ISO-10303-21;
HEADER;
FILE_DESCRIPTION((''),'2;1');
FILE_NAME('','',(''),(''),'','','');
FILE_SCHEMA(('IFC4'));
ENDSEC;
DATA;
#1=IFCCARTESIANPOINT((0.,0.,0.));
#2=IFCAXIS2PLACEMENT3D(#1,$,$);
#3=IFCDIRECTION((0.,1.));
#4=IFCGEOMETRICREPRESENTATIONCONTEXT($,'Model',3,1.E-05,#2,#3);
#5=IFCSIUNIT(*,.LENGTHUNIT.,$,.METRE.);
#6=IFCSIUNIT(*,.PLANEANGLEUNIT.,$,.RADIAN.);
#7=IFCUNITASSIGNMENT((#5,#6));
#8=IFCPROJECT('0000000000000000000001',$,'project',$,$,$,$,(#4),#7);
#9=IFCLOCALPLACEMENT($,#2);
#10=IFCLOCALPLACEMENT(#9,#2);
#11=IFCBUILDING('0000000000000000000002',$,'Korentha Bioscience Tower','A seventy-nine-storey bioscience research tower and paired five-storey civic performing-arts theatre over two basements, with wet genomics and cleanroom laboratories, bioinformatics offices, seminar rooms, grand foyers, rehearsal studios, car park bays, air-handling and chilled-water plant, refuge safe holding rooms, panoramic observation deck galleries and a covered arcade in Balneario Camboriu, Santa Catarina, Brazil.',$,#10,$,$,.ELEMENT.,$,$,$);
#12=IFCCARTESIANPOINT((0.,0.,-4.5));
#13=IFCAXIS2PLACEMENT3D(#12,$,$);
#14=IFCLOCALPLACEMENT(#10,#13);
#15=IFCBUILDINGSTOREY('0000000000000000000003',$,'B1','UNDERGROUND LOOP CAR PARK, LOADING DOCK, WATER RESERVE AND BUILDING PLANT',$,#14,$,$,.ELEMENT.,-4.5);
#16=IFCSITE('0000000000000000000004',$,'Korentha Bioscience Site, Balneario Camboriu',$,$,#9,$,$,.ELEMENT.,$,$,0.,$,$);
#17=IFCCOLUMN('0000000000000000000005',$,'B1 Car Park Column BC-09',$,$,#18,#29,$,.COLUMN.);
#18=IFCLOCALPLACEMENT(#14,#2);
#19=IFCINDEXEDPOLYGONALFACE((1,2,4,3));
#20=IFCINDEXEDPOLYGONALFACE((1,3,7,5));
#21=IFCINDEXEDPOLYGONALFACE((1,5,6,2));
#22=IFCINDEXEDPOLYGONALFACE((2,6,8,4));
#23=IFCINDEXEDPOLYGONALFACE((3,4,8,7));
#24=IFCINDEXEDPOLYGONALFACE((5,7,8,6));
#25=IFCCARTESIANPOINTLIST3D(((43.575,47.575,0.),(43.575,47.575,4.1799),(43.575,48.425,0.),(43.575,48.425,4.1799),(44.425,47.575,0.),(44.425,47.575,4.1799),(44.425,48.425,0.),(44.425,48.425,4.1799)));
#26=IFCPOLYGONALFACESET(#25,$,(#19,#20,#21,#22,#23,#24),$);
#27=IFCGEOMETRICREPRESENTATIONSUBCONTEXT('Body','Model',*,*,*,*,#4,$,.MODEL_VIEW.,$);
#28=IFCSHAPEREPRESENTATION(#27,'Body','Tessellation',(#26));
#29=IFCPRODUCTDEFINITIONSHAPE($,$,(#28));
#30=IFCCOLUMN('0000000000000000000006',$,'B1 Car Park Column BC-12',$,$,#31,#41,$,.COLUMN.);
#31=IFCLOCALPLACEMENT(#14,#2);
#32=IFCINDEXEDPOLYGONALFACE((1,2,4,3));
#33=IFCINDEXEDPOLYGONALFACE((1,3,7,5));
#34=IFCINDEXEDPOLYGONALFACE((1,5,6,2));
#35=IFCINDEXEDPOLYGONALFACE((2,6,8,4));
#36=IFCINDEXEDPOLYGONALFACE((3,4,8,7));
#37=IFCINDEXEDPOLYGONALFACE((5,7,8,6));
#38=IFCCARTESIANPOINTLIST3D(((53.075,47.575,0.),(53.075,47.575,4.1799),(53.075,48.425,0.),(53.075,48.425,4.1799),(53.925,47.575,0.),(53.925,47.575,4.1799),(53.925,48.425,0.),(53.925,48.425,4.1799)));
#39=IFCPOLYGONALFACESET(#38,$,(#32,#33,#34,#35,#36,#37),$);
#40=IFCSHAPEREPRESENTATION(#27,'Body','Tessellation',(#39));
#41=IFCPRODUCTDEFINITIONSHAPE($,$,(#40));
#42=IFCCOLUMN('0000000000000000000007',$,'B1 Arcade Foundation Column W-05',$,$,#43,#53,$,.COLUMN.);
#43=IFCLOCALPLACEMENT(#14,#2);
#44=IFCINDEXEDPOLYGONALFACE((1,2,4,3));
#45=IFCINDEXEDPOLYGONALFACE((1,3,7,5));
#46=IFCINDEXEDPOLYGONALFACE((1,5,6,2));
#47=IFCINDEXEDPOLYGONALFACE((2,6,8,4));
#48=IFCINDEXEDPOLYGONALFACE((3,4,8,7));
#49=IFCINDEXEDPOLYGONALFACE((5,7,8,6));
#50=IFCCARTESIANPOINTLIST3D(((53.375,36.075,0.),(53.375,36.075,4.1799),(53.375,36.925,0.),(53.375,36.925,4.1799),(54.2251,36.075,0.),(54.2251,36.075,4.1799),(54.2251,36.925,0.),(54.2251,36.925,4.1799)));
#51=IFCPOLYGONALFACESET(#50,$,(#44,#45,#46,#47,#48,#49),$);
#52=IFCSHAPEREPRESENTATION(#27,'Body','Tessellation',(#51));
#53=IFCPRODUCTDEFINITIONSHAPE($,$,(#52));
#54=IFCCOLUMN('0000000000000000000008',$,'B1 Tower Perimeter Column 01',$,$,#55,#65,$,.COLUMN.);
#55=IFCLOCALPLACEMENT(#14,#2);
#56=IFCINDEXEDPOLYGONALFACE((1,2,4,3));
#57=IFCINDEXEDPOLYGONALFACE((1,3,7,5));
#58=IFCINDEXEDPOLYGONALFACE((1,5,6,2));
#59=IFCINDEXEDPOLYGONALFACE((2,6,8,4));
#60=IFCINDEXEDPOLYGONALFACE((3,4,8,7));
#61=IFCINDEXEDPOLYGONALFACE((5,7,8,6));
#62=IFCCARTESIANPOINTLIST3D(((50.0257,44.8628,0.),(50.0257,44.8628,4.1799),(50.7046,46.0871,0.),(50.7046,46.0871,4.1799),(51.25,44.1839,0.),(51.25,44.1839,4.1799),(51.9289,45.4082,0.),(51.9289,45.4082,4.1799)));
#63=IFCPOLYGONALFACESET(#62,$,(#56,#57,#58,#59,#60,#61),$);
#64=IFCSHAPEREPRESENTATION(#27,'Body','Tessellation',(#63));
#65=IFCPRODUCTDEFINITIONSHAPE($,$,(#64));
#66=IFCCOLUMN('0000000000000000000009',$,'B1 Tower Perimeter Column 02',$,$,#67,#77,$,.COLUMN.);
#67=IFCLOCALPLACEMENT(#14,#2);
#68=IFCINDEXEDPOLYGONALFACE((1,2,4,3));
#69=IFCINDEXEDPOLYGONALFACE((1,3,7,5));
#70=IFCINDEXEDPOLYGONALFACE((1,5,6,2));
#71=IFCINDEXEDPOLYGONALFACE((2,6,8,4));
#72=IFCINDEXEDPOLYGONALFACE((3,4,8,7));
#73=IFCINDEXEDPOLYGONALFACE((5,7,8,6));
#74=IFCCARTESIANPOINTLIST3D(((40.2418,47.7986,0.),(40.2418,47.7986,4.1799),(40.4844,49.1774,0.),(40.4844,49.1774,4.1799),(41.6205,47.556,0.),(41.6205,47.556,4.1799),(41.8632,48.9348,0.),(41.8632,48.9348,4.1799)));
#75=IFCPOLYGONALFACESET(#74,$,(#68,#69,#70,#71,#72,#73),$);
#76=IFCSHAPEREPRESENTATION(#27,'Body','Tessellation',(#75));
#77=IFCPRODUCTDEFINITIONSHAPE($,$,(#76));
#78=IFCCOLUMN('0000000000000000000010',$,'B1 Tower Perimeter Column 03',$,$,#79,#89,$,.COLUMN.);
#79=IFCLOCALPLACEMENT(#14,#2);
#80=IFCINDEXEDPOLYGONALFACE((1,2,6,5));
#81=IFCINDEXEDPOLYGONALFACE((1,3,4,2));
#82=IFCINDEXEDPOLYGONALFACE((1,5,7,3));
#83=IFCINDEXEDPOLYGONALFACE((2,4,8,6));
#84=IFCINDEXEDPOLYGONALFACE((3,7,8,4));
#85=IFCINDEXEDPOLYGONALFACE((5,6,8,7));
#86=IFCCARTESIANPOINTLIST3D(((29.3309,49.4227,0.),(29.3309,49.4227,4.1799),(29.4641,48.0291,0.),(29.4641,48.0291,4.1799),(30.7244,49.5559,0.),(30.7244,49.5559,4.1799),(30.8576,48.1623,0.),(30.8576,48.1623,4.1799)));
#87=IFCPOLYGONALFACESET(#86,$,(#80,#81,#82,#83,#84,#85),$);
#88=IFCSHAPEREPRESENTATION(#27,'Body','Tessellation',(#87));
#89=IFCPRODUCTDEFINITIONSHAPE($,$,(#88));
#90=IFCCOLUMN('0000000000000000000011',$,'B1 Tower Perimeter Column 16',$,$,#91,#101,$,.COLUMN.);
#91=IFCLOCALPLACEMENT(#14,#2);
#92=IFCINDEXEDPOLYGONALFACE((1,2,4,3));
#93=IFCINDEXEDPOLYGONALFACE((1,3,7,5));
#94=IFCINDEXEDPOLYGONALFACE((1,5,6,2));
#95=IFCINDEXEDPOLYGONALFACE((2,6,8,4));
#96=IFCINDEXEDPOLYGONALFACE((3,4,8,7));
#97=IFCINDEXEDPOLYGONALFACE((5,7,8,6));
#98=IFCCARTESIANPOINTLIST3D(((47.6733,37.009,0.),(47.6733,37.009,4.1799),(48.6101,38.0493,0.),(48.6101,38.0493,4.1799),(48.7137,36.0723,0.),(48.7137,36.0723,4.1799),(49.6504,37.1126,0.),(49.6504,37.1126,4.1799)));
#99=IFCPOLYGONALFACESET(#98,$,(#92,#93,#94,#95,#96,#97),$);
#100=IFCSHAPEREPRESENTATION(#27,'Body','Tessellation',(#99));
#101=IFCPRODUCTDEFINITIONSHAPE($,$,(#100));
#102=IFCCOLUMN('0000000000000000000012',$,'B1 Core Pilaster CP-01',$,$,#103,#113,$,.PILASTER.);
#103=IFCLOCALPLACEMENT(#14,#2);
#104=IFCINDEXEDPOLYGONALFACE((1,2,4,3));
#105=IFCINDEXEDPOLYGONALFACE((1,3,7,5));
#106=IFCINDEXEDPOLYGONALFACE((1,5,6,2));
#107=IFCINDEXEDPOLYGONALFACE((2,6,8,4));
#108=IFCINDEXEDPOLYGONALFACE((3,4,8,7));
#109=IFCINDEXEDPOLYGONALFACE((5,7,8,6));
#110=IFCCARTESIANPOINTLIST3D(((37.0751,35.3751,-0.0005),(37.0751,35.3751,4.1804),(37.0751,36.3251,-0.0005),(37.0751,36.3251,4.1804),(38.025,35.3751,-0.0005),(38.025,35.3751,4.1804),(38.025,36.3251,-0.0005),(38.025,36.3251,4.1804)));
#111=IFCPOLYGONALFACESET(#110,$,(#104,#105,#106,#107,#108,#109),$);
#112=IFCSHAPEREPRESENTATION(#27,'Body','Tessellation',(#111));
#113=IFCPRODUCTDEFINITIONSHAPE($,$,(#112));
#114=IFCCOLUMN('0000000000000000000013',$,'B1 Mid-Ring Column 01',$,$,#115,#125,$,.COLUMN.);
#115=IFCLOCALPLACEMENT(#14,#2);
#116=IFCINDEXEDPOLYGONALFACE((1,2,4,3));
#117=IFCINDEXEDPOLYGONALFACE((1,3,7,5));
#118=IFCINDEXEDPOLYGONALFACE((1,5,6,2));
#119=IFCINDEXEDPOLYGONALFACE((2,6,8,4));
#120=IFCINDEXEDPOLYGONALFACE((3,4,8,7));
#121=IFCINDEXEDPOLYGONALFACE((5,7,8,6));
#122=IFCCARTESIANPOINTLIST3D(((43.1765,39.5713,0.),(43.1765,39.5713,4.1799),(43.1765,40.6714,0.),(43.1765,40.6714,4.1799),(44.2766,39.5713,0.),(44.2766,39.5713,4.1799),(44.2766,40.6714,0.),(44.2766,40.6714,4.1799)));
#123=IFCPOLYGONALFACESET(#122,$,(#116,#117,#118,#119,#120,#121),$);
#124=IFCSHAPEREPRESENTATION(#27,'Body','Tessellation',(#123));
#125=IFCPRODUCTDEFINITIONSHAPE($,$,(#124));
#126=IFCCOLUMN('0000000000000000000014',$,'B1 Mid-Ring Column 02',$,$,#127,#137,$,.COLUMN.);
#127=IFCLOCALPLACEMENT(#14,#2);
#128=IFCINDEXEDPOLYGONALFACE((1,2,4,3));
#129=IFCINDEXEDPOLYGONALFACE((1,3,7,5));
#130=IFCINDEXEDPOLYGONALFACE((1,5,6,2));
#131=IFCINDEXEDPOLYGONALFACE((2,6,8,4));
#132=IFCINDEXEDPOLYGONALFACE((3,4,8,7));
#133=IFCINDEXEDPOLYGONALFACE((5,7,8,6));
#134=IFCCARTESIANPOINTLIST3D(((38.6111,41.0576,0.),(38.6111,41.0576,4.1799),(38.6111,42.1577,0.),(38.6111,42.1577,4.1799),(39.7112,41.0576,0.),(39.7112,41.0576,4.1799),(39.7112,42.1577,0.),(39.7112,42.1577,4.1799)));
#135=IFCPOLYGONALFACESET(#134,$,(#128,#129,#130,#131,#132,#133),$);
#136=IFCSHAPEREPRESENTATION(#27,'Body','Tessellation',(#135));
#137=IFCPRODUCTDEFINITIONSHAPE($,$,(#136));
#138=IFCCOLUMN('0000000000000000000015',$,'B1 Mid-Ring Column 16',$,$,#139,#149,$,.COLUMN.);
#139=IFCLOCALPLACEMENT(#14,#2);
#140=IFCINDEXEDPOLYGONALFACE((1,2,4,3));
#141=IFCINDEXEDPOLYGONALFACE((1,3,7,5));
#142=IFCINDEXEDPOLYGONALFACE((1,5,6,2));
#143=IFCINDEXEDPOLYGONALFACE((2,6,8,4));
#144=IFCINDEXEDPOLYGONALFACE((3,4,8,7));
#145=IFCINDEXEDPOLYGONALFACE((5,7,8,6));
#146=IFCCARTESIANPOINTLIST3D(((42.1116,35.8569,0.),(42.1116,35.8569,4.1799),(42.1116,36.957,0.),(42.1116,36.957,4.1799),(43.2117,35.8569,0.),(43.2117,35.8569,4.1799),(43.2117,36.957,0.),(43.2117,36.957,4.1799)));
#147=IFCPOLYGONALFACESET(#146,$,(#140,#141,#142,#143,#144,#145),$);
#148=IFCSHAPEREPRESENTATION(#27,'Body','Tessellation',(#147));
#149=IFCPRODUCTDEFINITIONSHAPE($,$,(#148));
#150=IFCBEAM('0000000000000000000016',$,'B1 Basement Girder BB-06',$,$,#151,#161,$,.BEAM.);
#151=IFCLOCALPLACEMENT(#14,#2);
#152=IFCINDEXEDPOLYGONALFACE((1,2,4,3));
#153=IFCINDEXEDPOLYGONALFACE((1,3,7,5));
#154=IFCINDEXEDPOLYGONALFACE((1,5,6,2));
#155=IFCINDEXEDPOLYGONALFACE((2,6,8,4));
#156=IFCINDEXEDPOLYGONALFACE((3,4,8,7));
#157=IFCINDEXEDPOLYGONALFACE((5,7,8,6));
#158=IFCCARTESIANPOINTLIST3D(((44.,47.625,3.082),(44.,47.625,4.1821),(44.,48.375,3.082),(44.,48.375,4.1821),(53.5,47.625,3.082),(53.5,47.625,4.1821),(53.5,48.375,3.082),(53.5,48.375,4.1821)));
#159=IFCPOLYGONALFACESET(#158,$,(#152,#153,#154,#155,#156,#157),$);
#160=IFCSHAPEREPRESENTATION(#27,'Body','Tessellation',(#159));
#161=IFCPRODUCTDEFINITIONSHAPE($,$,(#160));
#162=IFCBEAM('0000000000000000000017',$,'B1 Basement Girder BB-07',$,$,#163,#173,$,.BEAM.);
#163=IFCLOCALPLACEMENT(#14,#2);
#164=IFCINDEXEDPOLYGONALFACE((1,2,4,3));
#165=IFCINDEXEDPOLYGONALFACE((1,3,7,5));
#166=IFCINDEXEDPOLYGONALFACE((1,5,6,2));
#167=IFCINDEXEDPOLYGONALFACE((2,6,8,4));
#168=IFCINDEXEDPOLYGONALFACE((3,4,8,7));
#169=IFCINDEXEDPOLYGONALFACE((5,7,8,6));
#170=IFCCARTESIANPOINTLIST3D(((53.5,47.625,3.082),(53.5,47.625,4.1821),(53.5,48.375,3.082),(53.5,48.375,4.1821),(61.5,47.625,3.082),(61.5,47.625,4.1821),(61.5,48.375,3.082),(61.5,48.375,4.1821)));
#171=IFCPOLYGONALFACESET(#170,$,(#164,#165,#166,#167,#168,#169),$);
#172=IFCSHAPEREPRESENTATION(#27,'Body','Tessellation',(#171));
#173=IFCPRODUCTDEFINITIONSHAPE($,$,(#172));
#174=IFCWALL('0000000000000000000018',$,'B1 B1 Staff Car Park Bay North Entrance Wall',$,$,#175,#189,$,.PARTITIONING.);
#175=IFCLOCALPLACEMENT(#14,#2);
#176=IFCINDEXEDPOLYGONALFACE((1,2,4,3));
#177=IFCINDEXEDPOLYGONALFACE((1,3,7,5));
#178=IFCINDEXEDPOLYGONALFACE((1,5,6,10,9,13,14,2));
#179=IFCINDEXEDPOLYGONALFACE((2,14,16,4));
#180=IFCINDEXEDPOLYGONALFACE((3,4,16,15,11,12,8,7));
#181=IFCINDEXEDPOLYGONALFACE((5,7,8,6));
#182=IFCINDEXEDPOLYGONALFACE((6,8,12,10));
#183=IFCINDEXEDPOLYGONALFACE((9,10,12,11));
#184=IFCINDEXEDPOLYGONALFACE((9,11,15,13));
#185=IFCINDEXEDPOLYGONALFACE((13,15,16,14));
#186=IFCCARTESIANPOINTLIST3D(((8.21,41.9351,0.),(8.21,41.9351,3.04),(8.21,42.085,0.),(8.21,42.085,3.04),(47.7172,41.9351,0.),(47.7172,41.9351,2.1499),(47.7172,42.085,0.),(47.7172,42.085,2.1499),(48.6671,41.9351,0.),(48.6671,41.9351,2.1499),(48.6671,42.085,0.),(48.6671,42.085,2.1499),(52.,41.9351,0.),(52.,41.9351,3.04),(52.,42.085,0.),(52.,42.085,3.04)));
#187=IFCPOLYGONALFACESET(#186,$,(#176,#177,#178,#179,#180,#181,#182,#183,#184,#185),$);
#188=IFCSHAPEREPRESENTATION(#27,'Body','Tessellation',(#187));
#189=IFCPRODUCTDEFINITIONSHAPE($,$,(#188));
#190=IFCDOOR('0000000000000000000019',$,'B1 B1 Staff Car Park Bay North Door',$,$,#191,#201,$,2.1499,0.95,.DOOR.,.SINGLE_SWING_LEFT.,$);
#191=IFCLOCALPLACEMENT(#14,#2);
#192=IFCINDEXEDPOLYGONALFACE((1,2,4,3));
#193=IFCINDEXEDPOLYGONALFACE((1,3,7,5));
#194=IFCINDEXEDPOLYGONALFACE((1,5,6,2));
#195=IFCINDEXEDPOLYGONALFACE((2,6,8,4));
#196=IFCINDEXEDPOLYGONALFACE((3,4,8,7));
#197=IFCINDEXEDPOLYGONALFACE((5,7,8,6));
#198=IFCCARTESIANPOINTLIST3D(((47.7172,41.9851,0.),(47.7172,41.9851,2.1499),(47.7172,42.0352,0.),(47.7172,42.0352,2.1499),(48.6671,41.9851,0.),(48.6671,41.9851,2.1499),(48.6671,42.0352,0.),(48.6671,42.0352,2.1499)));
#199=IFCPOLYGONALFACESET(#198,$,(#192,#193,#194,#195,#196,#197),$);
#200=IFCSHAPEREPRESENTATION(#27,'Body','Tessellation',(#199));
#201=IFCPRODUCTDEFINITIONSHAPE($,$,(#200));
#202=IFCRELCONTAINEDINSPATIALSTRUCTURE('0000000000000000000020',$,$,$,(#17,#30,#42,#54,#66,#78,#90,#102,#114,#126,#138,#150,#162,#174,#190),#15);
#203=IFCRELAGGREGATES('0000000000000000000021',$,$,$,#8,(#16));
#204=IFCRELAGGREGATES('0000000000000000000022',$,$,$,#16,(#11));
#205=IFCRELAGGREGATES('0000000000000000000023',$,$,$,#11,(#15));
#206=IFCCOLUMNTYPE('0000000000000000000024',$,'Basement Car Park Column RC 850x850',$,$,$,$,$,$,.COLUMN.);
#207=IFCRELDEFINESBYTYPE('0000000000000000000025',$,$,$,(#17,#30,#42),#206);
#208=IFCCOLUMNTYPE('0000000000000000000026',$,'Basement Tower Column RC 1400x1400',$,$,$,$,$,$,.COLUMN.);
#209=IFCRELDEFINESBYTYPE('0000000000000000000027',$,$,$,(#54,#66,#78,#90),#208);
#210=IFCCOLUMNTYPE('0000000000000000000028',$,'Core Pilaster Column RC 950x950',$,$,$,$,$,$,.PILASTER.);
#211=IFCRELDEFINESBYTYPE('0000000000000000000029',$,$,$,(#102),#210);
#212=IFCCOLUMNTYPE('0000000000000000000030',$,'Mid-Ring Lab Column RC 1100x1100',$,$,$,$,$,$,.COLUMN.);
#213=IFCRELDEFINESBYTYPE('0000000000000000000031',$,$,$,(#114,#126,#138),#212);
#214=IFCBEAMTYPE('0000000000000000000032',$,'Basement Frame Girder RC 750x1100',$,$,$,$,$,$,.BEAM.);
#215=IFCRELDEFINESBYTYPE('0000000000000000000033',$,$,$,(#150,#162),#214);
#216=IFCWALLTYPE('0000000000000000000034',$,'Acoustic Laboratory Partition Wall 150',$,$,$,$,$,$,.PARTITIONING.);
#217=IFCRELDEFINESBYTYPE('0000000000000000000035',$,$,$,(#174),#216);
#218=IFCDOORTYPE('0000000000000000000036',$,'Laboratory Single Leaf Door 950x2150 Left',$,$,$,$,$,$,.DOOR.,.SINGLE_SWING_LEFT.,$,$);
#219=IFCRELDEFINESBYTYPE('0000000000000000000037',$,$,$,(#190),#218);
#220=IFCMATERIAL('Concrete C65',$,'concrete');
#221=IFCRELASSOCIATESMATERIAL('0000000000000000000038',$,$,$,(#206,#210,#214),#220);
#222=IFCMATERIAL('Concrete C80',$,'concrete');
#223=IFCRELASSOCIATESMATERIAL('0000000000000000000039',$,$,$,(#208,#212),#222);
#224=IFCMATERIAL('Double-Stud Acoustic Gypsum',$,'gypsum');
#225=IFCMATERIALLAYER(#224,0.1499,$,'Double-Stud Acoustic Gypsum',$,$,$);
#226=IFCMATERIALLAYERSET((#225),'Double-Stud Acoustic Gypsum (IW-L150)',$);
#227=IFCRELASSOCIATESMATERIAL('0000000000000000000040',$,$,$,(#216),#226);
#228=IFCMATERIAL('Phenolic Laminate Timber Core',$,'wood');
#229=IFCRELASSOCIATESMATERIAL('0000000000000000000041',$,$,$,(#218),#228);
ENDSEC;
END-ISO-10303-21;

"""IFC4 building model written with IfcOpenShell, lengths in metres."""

from ifc_helpers import new_model, si_unit, direction, frame, frame_2d, origin, origin_2d, place, context, subcontext, project, spatial, rectangle, extrude, material, layer, layer_set, material_profile, profile_set, type_object, element, fill, save


model = new_model("IFC4")

# Units and contexts
model_context = context("Model", 3, precision=1e-05, world=origin(), true_north=direction((0.0, 1.0)))
body_context = subcontext(model_context, "Body", "Model", "MODEL_VIEW")
ifc_project = project(units=[si_unit("LENGTHUNIT", "METRE"), si_unit("PLANEANGLEUNIT", "RADIAN")], contexts=[model_context])

# Site, building, storey
site_placement = place(None, origin())
site = spatial("IfcSite", under=ifc_project, at=site_placement, Name="Korentha Bioscience Site, Balneario Camboriu", CompositionType="ELEMENT", RefElevation=0.0)
building_placement = place(site_placement, origin())
building = spatial("IfcBuilding", under=site, at=building_placement, Name="Korentha Bioscience Tower", Description="A seventy-nine-storey bioscience research tower and paired five-storey civic performing-arts theatre over two basements, with wet genomics and cleanroom laboratories, bioinformatics offices, seminar rooms, grand foyers, rehearsal studios, car park bays, air-handling and chilled-water plant, refuge safe holding rooms, panoramic observation deck galleries and a covered arcade in Balneario Camboriu, Santa Catarina, Brazil.", CompositionType="ELEMENT")
storey_placement = place(building_placement, frame((0.0, 0.0, -4.5)))
storey = spatial("IfcBuildingStorey", under=building, at=storey_placement, Name="B1", Description="UNDERGROUND LOOP CAR PARK, LOADING DOCK, WATER RESERVE AND BUILDING PLANT", CompositionType="ELEMENT", Elevation=-4.5)

# Columns
ifc_material_1 = material(Name="Concrete C65", Category="concrete")
ifc_material_profile_1 = material_profile(ifc_material_1, rectangle(XDim=0.8501, YDim=0.8501, at=origin_2d()), Name="Concrete C65")
ifc_profile_set_1 = profile_set([ifc_material_profile_1], Name="Concrete C65 (BC-01)")
column_type_1 = type_object("IfcColumnType", Name="Basement Car Park Column RC 850x850", PredefinedType="COLUMN", material=ifc_profile_set_1)
for number, where, z_axis, x_axis, name in (
    (1, (44.0, 48.0, 0.0), (0.0, 0.0, 1.0), (1.0, 0.0, 0.0), "B1 Car Park Column BC-09"),
    (2, (53.5, 48.0, 0.0), (0.0, 0.0, 1.0), (1.0, 0.0, 0.0), "B1 Car Park Column BC-12"),
    (3, (53.8, 36.5, 0.0), (0.0, 0.0, 1.0), (1.0, 0.0, 0.0), "B1 Arcade Foundation Column W-05"),
):
    element("IfcColumn", number, at=place(storey_placement, frame(where, z_axis=z_axis, x_axis=x_axis)), inside=storey, type_object=column_type_1, Name=name, PredefinedType="COLUMN", context=body_context, shape_type="SweptSolid", body=[
        extrude(rectangle(XDim=0.8501, YDim=0.8501, at=origin_2d()), origin(), (0.0, 0.0, 1.0), 4.1799),
    ])
ifc_material_2 = material(Name="Concrete C80", Category="concrete")
ifc_material_profile_2 = material_profile(ifc_material_2, rectangle(XDim=1.3999, YDim=1.3999, at=origin_2d()), Name="Concrete C80")
ifc_profile_set_2 = profile_set([ifc_material_profile_2], Name="Concrete C80 (COL-B14)")
column_type_2 = type_object("IfcColumnType", Name="Basement Tower Column RC 1400x1400", PredefinedType="COLUMN", material=ifc_profile_set_2)
for number, where, z_axis, x_axis, name in (
    (4, (50.9773, 45.1355, 0.0), (0.0, 0.0, 1.0), (-0.874535, 0.484962, 0.0), "B1 Tower Perimeter Column 01"),
    (5, (41.0525, 48.3667, 0.0), (0.0, 0.0, 1.0), (-0.984868, 0.173304, 0.0), "B1 Tower Perimeter Column 02"),
    (6, (30.0942, 48.7925, 0.0), (0.0, 0.0, 1.0), (0.995463, 0.095151, 0.0), "B1 Tower Perimeter Column 03"),
    (7, (48.6619, 37.0608, 0.0), (0.0, 0.0, 1.0), (0.669131, 0.743145, 0.0), "B1 Tower Perimeter Column 16"),
):
    element("IfcColumn", number, at=place(storey_placement, frame(where, z_axis=z_axis, x_axis=x_axis)), inside=storey, type_object=column_type_2, Name=name, PredefinedType="COLUMN", context=body_context, shape_type="SweptSolid", body=[
        extrude(rectangle(XDim=1.3999, YDim=1.3999, at=origin_2d()), origin(), (0.0, 0.0, 1.0), 4.1799),
    ])
ifc_material_profile_3 = material_profile(ifc_material_1, rectangle(XDim=0.95, YDim=0.95, at=origin_2d()), Name="Concrete C65")
ifc_profile_set_3 = profile_set([ifc_material_profile_3], Name="Concrete C65 (COL-CP09)")
column_type_3 = type_object("IfcColumnType", Name="Core Pilaster Column RC 950x950", PredefinedType="PILASTER", material=ifc_profile_set_3)
column_placement = place(storey_placement, frame((37.55, 35.8501, -0.0005), z_axis=(0.0, 0.0, 1.0), x_axis=(1.0, 0.0, 0.0)))
element("IfcColumn", 8, at=column_placement, inside=storey, type_object=column_type_3, Name="B1 Core Pilaster CP-01", PredefinedType="PILASTER", context=body_context, shape_type="SweptSolid", body=[
    extrude(rectangle(XDim=0.95, YDim=0.95, at=origin_2d()), origin(), (0.0, 0.0, 1.0), 4.1809),
])
ifc_material_profile_4 = material_profile(ifc_material_2, rectangle(XDim=1.1001, YDim=1.1001, at=origin_2d()), Name="Concrete C80")
ifc_profile_set_4 = profile_set([ifc_material_profile_4], Name="Concrete C80 (COL-MR11)")
column_type_4 = type_object("IfcColumnType", Name="Mid-Ring Lab Column RC 1100x1100", PredefinedType="COLUMN", material=ifc_profile_set_4)
for number, where, z_axis, x_axis, name in (
    (9, (43.7266, 40.1213, 0.0), (0.0, 0.0, 1.0), (1.0, 0.0, 0.0), "B1 Mid-Ring Column 01"),
    (10, (39.1611, 41.6077, 0.0), (0.0, 0.0, 1.0), (1.0, 0.0, 0.0), "B1 Mid-Ring Column 02"),
    (11, (42.6616, 36.407, 0.0), (0.0, 0.0, 1.0), (1.0, 0.0, 0.0), "B1 Mid-Ring Column 16"),
):
    element("IfcColumn", number, at=place(storey_placement, frame(where, z_axis=z_axis, x_axis=x_axis)), inside=storey, type_object=column_type_4, Name=name, PredefinedType="COLUMN", context=body_context, shape_type="SweptSolid", body=[
        extrude(rectangle(XDim=1.1001, YDim=1.1001, at=origin_2d()), origin(), (0.0, 0.0, 1.0), 4.1799),
    ])

# Beams
ifc_material_profile_5 = material_profile(ifc_material_1, rectangle(XDim=0.75, YDim=1.1001, at=origin_2d()), Name="Concrete C65")
ifc_profile_set_5 = profile_set([ifc_material_profile_5], Name="Concrete C65 (BB-750)")
beam_type = type_object("IfcBeamType", Name="Basement Frame Girder RC 750x1100", PredefinedType="BEAM", material=ifc_profile_set_5)
beam_1_placement = place(storey_placement, frame((44.0, 48.0, 3.6321), z_axis=(1.0, 0.0, 0.0), x_axis=(0.0, 1.0, 0.0)))
element("IfcBeam", 12, at=beam_1_placement, inside=storey, type_object=beam_type, Name="B1 Basement Girder BB-06", PredefinedType="BEAM", context=body_context, shape_type="SweptSolid", body=[
    extrude(rectangle(XDim=0.75, YDim=1.1001, at=origin_2d()), origin(), (0.0, 0.0, 1.0), 9.5),
])
beam_2_placement = place(storey_placement, frame((53.5, 48.0, 3.6321), z_axis=(1.0, 0.0, 0.0), x_axis=(0.0, 1.0, 0.0)))
element("IfcBeam", 13, at=beam_2_placement, inside=storey, type_object=beam_type, Name="B1 Basement Girder BB-07", PredefinedType="BEAM", context=body_context, shape_type="SweptSolid", body=[
    extrude(rectangle(XDim=0.75, YDim=1.1001, at=origin_2d()), origin(), (0.0, 0.0, 1.0), 8.0),
])

# Wall, opening, door
ifc_material_3 = material(Name="Double-Stud Acoustic Gypsum", Category="gypsum")
ifc_layer_1 = layer(ifc_material_3, 0.1499, Name="Double-Stud Acoustic Gypsum")
ifc_layer_set_1 = layer_set([ifc_layer_1], Name="Double-Stud Acoustic Gypsum (IW-L150)")
wall_type_1 = type_object("IfcWallType", Name="Acoustic Laboratory Partition Wall 150", PredefinedType="PARTITIONING", material=ifc_layer_set_1)
wall_1_placement = place(storey_placement, frame((52.0, 42.01, 0.0), z_axis=(0.0, 0.0, 1.0), x_axis=(-1.0, 0.0, 0.0)))
wall_1 = element("IfcWall", 14, at=wall_1_placement, inside=storey, type_object=wall_type_1, Name="B1 B1 Staff Car Park Bay North Entrance Wall", PredefinedType="PARTITIONING", context=body_context, shape_type="SweptSolid", body=[
    extrude(rectangle(XDim=43.79, YDim=0.1499, at=frame_2d((21.895, 0.0))), origin(), (0.0, 0.0, 1.0), 3.04),
])
opening_1_placement = place(wall_1_placement, frame((3.3328, 0.0, 0.0)))
opening_1 = element("IfcOpeningElement", 15, at=opening_1_placement, cuts=wall_1, PredefinedType="OPENING", context=body_context, shape_type="SweptSolid", body=[
    extrude(rectangle(XDim=0.95, YDim=2.1499, at=frame_2d((0.4751, 1.075))), frame((0.0, 0.0898, 0.0), z_axis=(0.0, -1.0, 0.0), x_axis=(1.0, 0.0, 0.0)), (0.0, 0.0, 1.0), 0.1797),
])
ifc_material_4 = material(Name="Phenolic Laminate Timber Core", Category="wood")
door_type_1 = type_object("IfcDoorType", Name="Laboratory Single Leaf Door 950x2150 Left", OperationType="SINGLE_SWING_LEFT", PredefinedType="DOOR", material=ifc_material_4)
door_1_placement = place(opening_1_placement, origin())
door_1 = element("IfcDoor", 16, at=door_1_placement, inside=storey, type_object=door_type_1, Name="B1 B1 Staff Car Park Bay North Door", OperationType="SINGLE_SWING_LEFT", OverallHeight=2.1499, OverallWidth=0.95, PredefinedType="DOOR", context=body_context, shape_type="SweptSolid", body=[
    extrude(rectangle(XDim=0.95, YDim=2.1499, at=frame_2d((0.4751, 1.075))), frame((0.0, 0.0249, 0.0), z_axis=(0.0, -1.0, 0.0), x_axis=(1.0, 0.0, 0.0)), (0.0, 0.0, 1.0), 0.05),
])
fill(opening_1, door_1)

save(model, "model.ifc")
